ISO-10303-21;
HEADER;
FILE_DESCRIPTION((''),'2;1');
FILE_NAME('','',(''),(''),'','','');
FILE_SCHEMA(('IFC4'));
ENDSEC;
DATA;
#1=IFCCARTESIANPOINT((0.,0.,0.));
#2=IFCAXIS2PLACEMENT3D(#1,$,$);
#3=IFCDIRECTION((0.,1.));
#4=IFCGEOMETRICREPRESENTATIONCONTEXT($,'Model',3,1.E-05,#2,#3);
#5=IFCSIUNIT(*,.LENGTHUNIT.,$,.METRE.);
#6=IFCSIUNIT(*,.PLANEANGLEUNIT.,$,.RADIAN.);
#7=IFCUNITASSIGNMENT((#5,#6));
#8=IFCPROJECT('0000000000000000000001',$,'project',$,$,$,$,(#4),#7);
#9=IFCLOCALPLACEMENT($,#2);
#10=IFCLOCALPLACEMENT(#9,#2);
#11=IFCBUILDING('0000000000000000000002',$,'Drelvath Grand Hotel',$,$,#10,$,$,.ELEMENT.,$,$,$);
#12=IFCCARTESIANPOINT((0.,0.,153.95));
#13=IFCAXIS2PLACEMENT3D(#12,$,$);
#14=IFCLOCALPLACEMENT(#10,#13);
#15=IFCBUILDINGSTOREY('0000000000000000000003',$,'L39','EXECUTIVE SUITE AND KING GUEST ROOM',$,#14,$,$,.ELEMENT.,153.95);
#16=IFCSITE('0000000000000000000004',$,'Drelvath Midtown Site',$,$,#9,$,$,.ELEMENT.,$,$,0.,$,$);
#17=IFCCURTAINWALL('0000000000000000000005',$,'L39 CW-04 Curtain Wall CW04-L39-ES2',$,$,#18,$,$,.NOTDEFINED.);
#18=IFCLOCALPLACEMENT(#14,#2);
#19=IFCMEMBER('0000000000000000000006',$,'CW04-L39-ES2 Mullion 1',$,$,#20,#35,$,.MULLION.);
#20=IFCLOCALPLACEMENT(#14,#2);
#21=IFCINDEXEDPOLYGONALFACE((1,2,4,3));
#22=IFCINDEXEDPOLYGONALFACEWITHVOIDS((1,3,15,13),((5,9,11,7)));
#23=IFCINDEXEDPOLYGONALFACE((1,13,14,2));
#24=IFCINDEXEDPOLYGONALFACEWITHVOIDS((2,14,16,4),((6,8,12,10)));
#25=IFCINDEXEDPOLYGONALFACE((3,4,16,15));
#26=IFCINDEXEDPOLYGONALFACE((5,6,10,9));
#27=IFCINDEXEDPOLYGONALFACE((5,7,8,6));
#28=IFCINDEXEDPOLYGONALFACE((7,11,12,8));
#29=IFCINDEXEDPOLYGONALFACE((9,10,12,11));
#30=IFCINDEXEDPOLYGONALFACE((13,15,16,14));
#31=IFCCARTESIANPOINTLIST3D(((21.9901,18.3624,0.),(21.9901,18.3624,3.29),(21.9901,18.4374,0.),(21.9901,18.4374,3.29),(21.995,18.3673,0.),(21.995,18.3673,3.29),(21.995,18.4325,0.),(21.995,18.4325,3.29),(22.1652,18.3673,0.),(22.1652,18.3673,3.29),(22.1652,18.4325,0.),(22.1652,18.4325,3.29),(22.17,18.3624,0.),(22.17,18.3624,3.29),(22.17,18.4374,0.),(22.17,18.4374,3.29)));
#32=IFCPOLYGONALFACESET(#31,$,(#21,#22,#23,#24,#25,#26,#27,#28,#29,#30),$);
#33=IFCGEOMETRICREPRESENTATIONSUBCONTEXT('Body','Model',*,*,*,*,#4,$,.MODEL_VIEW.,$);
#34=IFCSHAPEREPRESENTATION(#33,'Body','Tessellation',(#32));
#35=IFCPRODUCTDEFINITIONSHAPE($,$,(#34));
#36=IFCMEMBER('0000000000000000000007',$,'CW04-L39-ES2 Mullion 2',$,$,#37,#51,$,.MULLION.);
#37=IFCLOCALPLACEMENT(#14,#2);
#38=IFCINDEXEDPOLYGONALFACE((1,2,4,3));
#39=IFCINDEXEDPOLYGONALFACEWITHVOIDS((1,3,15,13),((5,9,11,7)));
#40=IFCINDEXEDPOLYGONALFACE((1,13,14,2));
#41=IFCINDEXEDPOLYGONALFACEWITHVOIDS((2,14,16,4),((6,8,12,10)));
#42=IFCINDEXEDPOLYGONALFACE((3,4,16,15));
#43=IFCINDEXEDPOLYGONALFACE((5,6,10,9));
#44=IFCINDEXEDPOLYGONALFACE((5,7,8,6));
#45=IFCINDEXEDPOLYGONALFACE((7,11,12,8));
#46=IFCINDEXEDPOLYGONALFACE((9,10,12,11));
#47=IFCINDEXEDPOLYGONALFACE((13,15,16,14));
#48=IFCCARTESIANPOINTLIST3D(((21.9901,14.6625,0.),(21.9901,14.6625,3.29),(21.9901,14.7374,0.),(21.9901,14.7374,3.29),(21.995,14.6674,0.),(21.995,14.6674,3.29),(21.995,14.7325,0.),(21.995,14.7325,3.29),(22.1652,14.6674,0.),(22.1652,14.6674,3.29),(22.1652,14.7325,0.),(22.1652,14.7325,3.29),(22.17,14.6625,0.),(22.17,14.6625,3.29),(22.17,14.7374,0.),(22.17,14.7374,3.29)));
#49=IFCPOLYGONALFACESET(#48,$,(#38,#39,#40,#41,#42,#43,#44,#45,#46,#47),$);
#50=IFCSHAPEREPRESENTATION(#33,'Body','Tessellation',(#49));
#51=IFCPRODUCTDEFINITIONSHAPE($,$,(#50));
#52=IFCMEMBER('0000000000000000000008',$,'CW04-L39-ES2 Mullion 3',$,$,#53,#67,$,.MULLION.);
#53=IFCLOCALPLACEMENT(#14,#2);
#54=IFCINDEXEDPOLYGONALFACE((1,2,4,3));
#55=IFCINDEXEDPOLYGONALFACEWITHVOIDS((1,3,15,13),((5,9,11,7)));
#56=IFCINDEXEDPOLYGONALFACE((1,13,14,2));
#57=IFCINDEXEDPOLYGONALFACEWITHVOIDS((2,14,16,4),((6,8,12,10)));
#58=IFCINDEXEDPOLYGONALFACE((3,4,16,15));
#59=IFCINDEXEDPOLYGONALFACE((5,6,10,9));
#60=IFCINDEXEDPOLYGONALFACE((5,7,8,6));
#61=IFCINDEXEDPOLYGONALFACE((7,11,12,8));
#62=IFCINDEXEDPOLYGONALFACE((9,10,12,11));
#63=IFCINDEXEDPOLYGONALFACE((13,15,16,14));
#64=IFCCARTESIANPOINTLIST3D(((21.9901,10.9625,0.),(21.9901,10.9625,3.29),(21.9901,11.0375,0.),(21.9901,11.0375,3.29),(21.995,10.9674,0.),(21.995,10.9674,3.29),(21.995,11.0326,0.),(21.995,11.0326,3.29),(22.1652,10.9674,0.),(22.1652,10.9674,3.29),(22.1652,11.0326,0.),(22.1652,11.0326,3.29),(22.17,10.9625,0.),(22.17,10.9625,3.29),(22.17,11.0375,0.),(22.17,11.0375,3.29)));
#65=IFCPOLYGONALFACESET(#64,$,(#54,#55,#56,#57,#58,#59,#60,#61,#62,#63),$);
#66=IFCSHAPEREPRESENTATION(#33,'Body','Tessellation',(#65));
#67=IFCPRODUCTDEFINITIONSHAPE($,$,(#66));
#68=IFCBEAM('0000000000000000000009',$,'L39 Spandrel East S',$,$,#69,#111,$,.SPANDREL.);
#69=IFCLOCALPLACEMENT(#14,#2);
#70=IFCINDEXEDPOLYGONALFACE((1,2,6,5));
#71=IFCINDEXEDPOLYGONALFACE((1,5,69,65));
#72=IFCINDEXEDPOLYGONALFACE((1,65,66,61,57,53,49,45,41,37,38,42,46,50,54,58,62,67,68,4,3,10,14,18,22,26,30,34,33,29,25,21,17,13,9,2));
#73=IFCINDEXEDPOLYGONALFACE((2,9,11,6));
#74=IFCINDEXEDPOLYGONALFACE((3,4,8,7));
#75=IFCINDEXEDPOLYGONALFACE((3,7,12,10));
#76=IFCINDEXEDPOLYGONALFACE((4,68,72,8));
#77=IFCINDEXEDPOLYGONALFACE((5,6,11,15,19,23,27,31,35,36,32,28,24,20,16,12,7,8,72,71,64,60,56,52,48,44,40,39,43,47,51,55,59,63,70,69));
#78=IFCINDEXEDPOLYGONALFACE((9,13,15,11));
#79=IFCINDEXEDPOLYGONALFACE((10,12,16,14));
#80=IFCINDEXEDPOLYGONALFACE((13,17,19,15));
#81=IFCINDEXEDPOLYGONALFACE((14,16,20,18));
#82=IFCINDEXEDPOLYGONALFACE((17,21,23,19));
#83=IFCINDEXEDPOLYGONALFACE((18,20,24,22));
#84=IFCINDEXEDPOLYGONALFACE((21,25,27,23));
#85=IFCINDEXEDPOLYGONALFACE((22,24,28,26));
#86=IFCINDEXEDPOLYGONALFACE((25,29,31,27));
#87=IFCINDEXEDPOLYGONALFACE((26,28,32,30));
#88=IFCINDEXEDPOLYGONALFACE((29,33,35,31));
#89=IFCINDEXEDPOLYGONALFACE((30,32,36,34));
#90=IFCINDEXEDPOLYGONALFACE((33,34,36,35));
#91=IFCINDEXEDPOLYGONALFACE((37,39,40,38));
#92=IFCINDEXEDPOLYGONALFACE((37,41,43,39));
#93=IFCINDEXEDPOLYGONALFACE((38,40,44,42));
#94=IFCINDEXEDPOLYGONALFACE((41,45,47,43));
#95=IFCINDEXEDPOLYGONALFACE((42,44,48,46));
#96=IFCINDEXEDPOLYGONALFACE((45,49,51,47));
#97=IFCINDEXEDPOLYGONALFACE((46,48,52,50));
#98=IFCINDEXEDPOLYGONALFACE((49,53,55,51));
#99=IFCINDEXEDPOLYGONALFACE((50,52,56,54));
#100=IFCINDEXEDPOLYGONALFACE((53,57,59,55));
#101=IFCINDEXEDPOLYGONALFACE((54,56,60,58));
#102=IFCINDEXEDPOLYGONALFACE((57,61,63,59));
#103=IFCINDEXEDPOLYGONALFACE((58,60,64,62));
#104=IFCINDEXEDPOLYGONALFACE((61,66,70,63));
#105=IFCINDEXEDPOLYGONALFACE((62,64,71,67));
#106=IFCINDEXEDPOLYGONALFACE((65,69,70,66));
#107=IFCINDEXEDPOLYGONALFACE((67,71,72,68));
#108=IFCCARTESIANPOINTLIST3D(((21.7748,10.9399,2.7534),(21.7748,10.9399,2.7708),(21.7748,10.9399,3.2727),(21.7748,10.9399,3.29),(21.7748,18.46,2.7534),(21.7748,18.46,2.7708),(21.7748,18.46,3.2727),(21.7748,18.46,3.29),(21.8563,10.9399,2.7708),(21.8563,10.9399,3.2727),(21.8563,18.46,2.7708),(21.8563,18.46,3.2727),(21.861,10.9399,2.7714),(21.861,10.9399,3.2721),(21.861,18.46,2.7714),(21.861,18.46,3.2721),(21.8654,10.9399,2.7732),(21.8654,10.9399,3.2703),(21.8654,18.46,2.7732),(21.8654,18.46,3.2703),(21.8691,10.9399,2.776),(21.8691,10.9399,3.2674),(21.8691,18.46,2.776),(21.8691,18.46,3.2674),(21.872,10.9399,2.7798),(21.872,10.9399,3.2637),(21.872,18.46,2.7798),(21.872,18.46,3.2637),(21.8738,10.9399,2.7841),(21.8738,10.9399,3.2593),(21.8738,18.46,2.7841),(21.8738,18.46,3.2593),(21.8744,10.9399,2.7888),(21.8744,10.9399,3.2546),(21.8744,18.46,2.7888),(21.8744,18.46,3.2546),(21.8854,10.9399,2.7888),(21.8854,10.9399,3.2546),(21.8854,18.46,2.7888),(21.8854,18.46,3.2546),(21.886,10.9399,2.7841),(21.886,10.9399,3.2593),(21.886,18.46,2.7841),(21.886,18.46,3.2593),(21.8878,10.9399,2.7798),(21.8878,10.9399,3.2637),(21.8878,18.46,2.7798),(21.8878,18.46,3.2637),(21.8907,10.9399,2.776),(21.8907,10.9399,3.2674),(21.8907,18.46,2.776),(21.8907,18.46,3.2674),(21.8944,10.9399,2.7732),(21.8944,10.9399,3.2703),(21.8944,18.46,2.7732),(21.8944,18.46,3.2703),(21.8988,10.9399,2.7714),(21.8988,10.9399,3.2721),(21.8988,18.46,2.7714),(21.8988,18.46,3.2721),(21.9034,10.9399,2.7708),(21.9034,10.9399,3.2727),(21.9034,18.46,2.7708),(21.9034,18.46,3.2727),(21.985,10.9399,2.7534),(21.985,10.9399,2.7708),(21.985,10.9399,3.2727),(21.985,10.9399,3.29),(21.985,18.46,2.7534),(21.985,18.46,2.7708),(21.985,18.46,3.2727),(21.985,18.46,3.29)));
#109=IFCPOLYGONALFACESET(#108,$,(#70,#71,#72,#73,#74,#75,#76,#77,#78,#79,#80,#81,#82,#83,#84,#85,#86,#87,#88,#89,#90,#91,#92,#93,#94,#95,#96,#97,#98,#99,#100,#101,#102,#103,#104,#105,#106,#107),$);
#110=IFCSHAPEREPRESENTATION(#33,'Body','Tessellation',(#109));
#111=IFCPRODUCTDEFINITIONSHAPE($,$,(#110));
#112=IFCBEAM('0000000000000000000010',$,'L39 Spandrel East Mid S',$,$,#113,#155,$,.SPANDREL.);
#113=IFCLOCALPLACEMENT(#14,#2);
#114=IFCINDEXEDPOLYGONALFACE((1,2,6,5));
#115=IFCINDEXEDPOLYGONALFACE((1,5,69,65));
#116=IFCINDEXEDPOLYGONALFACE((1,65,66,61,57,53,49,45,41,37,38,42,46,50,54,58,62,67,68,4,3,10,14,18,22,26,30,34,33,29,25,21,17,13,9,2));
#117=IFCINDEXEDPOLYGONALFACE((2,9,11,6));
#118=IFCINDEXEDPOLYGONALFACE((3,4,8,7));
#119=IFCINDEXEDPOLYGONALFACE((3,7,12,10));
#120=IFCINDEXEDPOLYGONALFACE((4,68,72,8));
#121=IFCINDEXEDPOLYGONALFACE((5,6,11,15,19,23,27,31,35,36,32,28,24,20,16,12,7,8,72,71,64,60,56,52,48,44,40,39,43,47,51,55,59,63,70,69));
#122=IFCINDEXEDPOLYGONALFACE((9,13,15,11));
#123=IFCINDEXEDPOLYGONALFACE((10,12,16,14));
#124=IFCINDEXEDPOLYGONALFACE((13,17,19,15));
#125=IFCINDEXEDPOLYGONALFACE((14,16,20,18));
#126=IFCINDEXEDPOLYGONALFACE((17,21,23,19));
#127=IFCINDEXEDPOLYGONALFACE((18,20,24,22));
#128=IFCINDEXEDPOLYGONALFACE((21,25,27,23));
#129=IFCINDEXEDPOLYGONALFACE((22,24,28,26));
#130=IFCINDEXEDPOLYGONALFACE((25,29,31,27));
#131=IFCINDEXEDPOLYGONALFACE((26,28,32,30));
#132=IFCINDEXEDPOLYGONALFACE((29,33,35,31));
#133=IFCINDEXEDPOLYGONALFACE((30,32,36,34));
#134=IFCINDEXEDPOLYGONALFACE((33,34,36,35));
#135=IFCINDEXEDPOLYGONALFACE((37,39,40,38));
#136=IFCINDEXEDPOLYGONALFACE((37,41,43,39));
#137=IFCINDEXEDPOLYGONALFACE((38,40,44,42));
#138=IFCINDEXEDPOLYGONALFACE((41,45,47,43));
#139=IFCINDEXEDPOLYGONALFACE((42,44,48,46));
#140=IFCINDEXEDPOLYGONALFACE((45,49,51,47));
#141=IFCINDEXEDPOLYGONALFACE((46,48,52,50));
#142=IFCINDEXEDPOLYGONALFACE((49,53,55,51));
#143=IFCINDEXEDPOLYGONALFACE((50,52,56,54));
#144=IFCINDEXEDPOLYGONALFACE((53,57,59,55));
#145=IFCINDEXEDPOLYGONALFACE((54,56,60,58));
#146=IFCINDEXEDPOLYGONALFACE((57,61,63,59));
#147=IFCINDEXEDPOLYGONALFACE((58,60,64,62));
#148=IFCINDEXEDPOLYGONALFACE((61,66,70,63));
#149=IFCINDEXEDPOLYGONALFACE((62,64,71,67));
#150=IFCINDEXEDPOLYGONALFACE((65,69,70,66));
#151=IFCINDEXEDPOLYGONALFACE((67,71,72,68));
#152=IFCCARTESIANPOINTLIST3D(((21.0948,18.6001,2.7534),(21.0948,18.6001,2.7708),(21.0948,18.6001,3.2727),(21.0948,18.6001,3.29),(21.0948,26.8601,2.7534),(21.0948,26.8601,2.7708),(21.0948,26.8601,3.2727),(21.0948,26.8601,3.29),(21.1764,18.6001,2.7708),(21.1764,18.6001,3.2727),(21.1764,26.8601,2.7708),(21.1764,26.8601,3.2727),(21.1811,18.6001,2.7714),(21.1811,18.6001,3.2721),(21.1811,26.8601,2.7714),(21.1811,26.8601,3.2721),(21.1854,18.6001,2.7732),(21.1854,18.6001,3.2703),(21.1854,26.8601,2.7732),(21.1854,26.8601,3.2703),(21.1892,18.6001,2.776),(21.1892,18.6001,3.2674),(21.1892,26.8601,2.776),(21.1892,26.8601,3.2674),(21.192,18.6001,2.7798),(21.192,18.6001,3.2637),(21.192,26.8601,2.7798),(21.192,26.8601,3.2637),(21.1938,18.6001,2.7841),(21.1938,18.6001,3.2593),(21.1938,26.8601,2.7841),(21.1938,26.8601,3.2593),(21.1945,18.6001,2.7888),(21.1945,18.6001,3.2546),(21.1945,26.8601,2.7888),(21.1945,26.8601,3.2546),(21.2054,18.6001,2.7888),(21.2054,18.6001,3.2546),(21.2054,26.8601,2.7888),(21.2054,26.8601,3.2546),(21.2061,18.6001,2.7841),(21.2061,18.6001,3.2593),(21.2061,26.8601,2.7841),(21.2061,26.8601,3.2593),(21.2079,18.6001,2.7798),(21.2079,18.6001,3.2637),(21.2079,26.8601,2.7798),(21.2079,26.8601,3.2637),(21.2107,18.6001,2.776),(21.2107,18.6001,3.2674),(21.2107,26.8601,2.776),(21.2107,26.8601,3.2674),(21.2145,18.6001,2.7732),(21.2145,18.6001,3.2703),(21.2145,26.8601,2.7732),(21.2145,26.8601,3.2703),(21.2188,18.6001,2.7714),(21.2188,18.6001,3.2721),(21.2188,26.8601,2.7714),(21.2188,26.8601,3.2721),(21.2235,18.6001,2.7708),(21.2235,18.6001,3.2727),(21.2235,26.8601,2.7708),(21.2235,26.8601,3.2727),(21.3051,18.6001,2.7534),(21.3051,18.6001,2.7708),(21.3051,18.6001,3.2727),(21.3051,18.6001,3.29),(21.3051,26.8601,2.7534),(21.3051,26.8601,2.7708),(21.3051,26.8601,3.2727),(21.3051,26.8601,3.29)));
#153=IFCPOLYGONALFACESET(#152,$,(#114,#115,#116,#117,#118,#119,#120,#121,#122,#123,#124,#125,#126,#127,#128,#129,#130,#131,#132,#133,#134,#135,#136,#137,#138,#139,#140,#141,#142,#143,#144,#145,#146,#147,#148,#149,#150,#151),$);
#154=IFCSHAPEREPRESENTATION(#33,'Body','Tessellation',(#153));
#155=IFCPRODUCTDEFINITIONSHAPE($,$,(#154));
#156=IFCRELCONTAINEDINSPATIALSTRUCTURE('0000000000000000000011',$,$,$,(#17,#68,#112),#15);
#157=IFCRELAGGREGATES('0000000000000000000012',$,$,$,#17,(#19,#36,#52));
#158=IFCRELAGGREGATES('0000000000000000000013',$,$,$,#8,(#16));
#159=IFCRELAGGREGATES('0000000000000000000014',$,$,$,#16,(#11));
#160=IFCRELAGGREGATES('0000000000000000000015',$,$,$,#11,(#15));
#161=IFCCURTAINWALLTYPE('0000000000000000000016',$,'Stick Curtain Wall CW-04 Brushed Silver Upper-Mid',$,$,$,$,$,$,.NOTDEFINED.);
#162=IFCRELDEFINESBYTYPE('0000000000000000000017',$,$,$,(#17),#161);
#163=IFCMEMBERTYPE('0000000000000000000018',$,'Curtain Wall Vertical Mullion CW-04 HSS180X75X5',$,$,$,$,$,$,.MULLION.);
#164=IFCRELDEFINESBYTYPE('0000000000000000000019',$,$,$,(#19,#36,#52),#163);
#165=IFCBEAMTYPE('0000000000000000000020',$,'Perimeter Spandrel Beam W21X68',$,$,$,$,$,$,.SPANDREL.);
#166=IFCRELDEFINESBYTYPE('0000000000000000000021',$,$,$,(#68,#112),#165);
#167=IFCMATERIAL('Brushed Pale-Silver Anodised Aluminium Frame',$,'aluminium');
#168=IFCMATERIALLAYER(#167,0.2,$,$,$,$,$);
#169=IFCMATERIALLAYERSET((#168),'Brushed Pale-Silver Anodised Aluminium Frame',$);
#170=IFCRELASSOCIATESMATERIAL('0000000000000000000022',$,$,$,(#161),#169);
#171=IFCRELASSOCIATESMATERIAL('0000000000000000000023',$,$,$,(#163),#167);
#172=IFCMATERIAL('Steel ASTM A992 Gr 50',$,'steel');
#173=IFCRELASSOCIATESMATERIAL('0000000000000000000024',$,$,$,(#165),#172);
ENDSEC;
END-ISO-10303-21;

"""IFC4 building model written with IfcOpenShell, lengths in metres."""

from ifc_helpers import new_model, si_unit, direction, frame, origin, origin_2d, place, context, subcontext, project, spatial, hollow_rectangle, i_section, extrude, material, layer, layer_set, material_profile, profile_set, type_object, element, aggregate, save


model = new_model("IFC4")

# Units and contexts
model_context = context("Model", 3, precision=1e-05, world=origin(), true_north=direction((0.0, 1.0)))
body_context = subcontext(model_context, "Body", "Model", "MODEL_VIEW")
ifc_project = project(units=[si_unit("LENGTHUNIT", "METRE"), si_unit("PLANEANGLEUNIT", "RADIAN")], contexts=[model_context])

# Site, building, storey
site_placement = place(None, origin())
site = spatial("IfcSite", under=ifc_project, at=site_placement, Name="Drelvath Midtown Site", CompositionType="ELEMENT", RefElevation=0.0)
building_placement = place(site_placement, origin())
building = spatial("IfcBuilding", under=site, at=building_placement, Name="Drelvath Grand Hotel", CompositionType="ELEMENT")
storey_placement = place(building_placement, frame((0.0, 0.0, 153.95)))
storey = spatial("IfcBuildingStorey", under=building, at=storey_placement, Name="L39", Description="EXECUTIVE SUITE AND KING GUEST ROOM", CompositionType="ELEMENT", Elevation=153.95)

# Curtain wall
ifc_material_1 = material(Name="Brushed Pale-Silver Anodised Aluminium Frame", Category="aluminium")
ifc_layer_1 = layer(ifc_material_1, 0.2)
ifc_layer_set_1 = layer_set([ifc_layer_1], Name="Brushed Pale-Silver Anodised Aluminium Frame")
curtain_wall_type = type_object("IfcCurtainWallType", Name="Stick Curtain Wall CW-04 Brushed Silver Upper-Mid", PredefinedType="NOTDEFINED", material=ifc_layer_set_1)
curtain_wall_1_placement = place(storey_placement, origin())
curtain_wall_1 = element("IfcCurtainWall", 1, at=curtain_wall_1_placement, inside=storey, type_object=curtain_wall_type, Name="L39 CW-04 Curtain Wall CW04-L39-ES2", PredefinedType="NOTDEFINED")

# Members
ifc_material_profile_1 = material_profile(ifc_material_1, hollow_rectangle(XDim=0.075, YDim=0.1799, WallThickness=0.0049, at=origin_2d()), Name="HSS180X75X5")
ifc_profile_set_1 = profile_set([ifc_material_profile_1], Name="Brushed Pale-Silver Anodised Aluminium Frame")
member_type_1 = type_object("IfcMemberType", Name="Curtain Wall Vertical Mullion CW-04 HSS180X75X5", PredefinedType="MULLION", material=ifc_profile_set_1)
member_1_placement = place(storey_placement, frame((22.0801, 18.3999, 0.0), z_axis=(0.0, 0.0, 1.0), x_axis=(0.0, 1.0, 0.0)))
member_1 = element("IfcMember", 2, at=member_1_placement, type_object=member_type_1, Name="CW04-L39-ES2 Mullion 1", PredefinedType="MULLION", context=body_context, shape_type="SweptSolid", body=[
    extrude(hollow_rectangle(XDim=0.075, YDim=0.1799, WallThickness=0.0049, at=origin_2d()), origin(), (0.0, 0.0, 1.0), 3.29),
])
member_2_placement = place(storey_placement, frame((22.0801, 14.7, 0.0), z_axis=(0.0, 0.0, 1.0), x_axis=(0.0, 1.0, 0.0)))
member_2 = element("IfcMember", 3, at=member_2_placement, type_object=member_type_1, Name="CW04-L39-ES2 Mullion 2", PredefinedType="MULLION", context=body_context, shape_type="SweptSolid", body=[
    extrude(hollow_rectangle(XDim=0.075, YDim=0.1799, WallThickness=0.0049, at=origin_2d()), origin(), (0.0, 0.0, 1.0), 3.29),
])
member_3_placement = place(storey_placement, frame((22.0801, 11.0, 0.0), z_axis=(0.0, 0.0, 1.0), x_axis=(0.0, 1.0, 0.0)))
member_3 = element("IfcMember", 4, at=member_3_placement, type_object=member_type_1, Name="CW04-L39-ES2 Mullion 3", PredefinedType="MULLION", context=body_context, shape_type="SweptSolid", body=[
    extrude(hollow_rectangle(XDim=0.075, YDim=0.1799, WallThickness=0.0049, at=origin_2d()), origin(), (0.0, 0.0, 1.0), 3.29),
])

# Beams
ifc_material_2 = material(Name="Steel ASTM A992 Gr 50", Category="steel")
ifc_material_profile_2 = material_profile(ifc_material_2, i_section(OverallWidth=0.2102, OverallDepth=0.5366, WebThickness=0.011, FlangeThickness=0.0173, FilletRadius=0.0181, at=origin_2d()), Name="W21X68")
ifc_profile_set_2 = profile_set([ifc_material_profile_2], Name="Steel ASTM A992 Gr 50")
beam_type_1 = type_object("IfcBeamType", Name="Perimeter Spandrel Beam W21X68", PredefinedType="SPANDREL", material=ifc_profile_set_2)
beam_1_placement = place(storey_placement, frame((21.8799, 10.9399, 3.0217), z_axis=(0.0, 1.0, 0.0), x_axis=(-1.0, 0.0, 0.0)))
element("IfcBeam", 5, at=beam_1_placement, inside=storey, type_object=beam_type_1, Name="L39 Spandrel East S", PredefinedType="SPANDREL", context=body_context, shape_type="SweptSolid", body=[
    extrude(i_section(OverallWidth=0.2102, OverallDepth=0.5366, WebThickness=0.011, FlangeThickness=0.0173, FilletRadius=0.0181, at=origin_2d()), origin(), (0.0, 0.0, 1.0), 7.52),
])
beam_2_placement = place(storey_placement, frame((21.2, 18.6001, 3.0217), z_axis=(0.0, 1.0, 0.0), x_axis=(-1.0, 0.0, 0.0)))
element("IfcBeam", 6, at=beam_2_placement, inside=storey, type_object=beam_type_1, Name="L39 Spandrel East Mid S", PredefinedType="SPANDREL", context=body_context, shape_type="SweptSolid", body=[
    extrude(i_section(OverallWidth=0.2102, OverallDepth=0.5366, WebThickness=0.011, FlangeThickness=0.0173, FilletRadius=0.0181, at=origin_2d()), origin(), (0.0, 0.0, 1.0), 8.26),
])

aggregate(curtain_wall_1, [member_1, member_2, member_3])

save(model, "model.ifc")
